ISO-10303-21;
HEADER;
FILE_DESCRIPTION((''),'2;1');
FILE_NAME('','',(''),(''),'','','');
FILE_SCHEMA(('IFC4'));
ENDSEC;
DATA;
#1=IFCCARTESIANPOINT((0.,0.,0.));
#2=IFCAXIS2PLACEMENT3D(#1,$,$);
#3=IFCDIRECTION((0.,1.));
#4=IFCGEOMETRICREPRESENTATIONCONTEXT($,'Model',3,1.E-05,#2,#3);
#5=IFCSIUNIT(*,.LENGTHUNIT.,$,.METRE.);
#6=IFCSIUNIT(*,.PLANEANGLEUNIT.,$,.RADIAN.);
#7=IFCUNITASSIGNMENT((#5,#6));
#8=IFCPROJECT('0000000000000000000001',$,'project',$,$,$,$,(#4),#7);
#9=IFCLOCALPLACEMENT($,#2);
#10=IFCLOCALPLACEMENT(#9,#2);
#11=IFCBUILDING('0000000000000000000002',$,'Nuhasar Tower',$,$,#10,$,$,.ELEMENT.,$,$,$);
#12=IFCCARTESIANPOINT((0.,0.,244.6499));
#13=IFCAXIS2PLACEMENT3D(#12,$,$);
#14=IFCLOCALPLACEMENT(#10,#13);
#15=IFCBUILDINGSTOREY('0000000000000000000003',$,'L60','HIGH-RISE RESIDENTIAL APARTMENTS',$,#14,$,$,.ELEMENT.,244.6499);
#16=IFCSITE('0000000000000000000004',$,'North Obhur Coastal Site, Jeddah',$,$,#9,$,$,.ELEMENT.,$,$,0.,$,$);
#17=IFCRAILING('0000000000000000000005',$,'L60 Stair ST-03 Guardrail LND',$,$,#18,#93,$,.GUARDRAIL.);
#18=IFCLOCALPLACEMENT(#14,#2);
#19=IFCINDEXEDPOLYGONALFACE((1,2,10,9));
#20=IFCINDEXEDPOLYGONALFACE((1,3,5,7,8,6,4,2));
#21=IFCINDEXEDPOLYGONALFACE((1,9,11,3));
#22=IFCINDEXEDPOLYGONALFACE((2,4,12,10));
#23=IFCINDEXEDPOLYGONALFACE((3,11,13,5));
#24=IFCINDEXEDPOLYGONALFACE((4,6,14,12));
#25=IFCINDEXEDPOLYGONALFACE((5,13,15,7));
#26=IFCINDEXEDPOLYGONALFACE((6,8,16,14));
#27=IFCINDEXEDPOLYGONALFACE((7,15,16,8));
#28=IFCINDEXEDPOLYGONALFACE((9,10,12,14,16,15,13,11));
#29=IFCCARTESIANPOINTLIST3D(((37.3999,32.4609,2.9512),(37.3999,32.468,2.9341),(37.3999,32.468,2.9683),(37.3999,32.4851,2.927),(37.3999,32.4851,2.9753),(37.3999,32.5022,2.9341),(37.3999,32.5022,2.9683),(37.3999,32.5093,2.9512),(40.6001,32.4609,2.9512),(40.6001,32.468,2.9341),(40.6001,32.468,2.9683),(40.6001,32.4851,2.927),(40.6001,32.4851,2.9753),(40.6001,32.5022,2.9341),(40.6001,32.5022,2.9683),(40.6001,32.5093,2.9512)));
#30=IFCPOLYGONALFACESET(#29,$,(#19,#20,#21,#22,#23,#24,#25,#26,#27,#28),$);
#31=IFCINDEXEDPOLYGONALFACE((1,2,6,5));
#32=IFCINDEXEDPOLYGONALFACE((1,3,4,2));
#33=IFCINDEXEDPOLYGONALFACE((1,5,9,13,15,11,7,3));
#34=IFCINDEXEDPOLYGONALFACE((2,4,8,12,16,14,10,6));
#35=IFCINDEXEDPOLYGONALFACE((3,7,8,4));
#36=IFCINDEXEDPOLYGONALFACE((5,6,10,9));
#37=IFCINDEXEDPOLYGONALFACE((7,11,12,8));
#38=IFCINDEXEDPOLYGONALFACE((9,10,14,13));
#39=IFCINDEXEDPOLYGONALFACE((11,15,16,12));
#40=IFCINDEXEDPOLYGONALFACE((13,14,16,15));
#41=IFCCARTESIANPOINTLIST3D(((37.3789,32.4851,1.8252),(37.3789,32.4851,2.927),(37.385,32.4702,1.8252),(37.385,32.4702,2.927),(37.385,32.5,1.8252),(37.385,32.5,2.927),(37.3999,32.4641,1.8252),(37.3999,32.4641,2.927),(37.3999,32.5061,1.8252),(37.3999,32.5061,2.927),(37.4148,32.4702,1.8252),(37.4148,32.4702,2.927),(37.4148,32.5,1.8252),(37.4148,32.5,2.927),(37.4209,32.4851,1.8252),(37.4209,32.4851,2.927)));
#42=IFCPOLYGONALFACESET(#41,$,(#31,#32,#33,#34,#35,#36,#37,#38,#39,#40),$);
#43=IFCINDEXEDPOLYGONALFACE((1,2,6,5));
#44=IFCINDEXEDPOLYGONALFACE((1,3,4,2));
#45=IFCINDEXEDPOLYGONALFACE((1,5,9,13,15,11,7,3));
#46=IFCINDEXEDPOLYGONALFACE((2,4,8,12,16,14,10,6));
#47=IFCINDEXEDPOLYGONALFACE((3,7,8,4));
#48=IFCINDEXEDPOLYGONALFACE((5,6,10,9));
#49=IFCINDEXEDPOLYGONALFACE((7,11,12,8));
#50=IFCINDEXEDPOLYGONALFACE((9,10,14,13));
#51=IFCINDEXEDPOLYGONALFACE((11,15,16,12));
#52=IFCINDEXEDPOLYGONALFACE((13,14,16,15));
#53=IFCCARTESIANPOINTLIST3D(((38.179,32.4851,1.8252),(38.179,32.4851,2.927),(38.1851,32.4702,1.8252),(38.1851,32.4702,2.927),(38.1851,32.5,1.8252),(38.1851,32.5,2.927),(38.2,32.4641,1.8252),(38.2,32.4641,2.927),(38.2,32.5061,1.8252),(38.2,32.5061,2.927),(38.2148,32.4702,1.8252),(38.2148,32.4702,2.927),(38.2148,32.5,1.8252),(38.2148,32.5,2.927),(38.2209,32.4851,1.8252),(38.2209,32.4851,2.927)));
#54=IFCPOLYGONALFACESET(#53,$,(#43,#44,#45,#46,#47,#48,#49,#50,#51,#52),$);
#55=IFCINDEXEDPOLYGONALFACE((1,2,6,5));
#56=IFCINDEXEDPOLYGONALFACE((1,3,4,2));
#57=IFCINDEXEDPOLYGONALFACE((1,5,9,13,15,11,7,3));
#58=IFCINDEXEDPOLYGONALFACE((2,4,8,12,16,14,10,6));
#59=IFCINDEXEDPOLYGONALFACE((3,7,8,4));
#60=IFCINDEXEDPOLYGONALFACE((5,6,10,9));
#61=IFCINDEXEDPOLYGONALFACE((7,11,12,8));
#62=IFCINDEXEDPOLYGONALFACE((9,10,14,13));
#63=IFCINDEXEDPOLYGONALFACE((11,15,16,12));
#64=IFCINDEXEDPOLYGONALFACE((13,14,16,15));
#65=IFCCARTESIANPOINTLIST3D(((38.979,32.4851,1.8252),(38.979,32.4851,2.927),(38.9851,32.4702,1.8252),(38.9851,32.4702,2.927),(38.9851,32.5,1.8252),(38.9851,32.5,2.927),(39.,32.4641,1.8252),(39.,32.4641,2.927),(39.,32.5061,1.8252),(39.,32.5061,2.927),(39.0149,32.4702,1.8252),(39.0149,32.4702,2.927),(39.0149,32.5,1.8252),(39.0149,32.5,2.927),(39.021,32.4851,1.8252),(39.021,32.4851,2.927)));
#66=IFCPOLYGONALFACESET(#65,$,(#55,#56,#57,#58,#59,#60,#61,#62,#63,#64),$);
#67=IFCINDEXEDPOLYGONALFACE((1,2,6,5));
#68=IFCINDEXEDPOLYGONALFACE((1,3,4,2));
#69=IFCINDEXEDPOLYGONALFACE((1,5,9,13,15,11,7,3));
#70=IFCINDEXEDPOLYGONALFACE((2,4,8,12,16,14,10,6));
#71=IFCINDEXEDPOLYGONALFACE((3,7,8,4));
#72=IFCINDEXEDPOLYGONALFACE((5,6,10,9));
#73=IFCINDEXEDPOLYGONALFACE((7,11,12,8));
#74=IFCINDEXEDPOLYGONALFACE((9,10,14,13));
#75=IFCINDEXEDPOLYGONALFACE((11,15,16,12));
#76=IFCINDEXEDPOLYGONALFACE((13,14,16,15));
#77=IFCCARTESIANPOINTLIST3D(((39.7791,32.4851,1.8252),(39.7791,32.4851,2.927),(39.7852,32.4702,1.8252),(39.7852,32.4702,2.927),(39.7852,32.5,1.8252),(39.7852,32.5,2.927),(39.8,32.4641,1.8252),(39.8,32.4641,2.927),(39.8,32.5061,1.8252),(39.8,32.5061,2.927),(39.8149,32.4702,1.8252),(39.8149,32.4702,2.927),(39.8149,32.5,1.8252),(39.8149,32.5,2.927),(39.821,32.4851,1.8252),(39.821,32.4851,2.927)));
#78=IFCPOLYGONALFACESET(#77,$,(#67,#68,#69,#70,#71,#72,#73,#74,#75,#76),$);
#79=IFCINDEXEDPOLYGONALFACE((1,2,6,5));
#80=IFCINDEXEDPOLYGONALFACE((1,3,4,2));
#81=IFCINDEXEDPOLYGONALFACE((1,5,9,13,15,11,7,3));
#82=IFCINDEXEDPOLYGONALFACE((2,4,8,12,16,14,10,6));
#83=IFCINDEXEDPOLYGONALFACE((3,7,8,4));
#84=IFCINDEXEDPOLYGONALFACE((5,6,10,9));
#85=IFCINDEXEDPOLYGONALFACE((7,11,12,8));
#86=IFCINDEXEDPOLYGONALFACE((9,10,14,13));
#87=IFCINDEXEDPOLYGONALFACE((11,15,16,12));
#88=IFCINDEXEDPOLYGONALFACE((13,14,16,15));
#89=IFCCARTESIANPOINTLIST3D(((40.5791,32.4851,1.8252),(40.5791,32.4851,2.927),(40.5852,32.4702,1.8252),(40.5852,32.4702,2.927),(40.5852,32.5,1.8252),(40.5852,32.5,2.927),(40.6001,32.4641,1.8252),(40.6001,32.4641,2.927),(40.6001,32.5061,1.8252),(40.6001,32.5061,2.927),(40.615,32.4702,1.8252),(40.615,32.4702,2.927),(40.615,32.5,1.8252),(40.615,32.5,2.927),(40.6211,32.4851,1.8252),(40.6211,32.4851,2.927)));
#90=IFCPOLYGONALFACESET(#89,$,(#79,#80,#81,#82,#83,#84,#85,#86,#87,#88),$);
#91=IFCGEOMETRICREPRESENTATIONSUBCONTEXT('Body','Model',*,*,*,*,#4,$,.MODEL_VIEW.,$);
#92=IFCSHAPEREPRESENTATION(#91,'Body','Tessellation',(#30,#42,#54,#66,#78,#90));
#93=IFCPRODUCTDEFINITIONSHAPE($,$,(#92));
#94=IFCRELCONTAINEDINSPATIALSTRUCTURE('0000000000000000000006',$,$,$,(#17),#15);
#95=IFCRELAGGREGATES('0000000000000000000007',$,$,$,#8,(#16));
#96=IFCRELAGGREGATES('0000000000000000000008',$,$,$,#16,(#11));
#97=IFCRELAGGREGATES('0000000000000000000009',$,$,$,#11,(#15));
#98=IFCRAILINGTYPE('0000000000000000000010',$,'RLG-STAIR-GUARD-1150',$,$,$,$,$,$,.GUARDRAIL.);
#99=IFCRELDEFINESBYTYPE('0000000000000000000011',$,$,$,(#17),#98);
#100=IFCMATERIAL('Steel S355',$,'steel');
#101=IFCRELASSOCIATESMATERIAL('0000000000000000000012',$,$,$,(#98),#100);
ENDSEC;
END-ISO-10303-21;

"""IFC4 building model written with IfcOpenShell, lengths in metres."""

from ifc_helpers import new_model, si_unit, direction, frame, origin, place, context, subcontext, project, spatial, polyline, outline, extrude, material, type_object, element, save


model = new_model("IFC4")

# Units and contexts
model_context = context("Model", 3, precision=1e-05, world=origin(), true_north=direction((0.0, 1.0)))
body_context = subcontext(model_context, "Body", "Model", "MODEL_VIEW")
ifc_project = project(units=[si_unit("LENGTHUNIT", "METRE"), si_unit("PLANEANGLEUNIT", "RADIAN")], contexts=[model_context])

# Site, building, storey
site_placement = place(None, origin())
site = spatial("IfcSite", under=ifc_project, at=site_placement, Name="North Obhur Coastal Site, Jeddah", CompositionType="ELEMENT", RefElevation=0.0)
building_placement = place(site_placement, origin())
building = spatial("IfcBuilding", under=site, at=building_placement, Name="Nuhasar Tower", CompositionType="ELEMENT")
storey_placement = place(building_placement, frame((0.0, 0.0, 244.6499)))
storey = spatial("IfcBuildingStorey", under=building, at=storey_placement, Name="L60", Description="HIGH-RISE RESIDENTIAL APARTMENTS", CompositionType="ELEMENT", Elevation=244.6499)

# Shared definitions
ifc_material_1 = material(Name="Steel S355", Category="steel")

# Railing
railing_type_1 = type_object("IfcRailingType", Name="RLG-STAIR-GUARD-1150", PredefinedType="GUARDRAIL", material=ifc_material_1)
railing_1_placement = place(storey_placement, frame((37.3999, 32.4851, 1.8252)))
element("IfcRailing", 1, at=railing_1_placement, inside=storey, type_object=railing_type_1, Name="L60 Stair ST-03 Guardrail LND", PredefinedType="GUARDRAIL", context=body_context, shape_type="SweptSolid", body=[
    extrude(outline(polyline([(0.0242, 0.0), (0.0171, 0.0171), (0.0, 0.0242), (-0.0171, 0.0171), (-0.0242, 0.0), (-0.0171, -0.0171), (0.0, -0.0242), (0.0171, -0.0171), (0.0242, 0.0)])), frame((0.0, 0.0, 1.126), z_axis=(1.0, 0.0, 0.0), x_axis=(0.0, 1.0, 0.0)), (0.0, 0.0, 1.0), 3.2002),
    extrude(outline(polyline([(0.021, 0.0), (0.0149, 0.0149), (0.0, 0.021), (-0.0149, 0.0149), (-0.021, 0.0), (-0.0149, -0.0149), (0.0, -0.021), (0.0149, -0.0149), (0.021, 0.0)])), origin(), (0.0, 0.0, 1.0), 1.1018),
    extrude(outline(polyline([(0.021, 0.0), (0.0149, 0.0149), (0.0, 0.021), (-0.0149, 0.0149), (-0.021, 0.0), (-0.0149, -0.0149), (0.0, -0.021), (0.0149, -0.0149), (0.021, 0.0)])), frame((0.8, 0.0, 0.0)), (0.0, 0.0, 1.0), 1.1018),
    extrude(outline(polyline([(0.021, 0.0), (0.0149, 0.0149), (0.0, 0.021), (-0.0149, 0.0149), (-0.021, 0.0), (-0.0149, -0.0149), (0.0, -0.021), (0.0149, -0.0149), (0.021, 0.0)])), frame((1.6001, 0.0, 0.0)), (0.0, 0.0, 1.0), 1.1018),
    extrude(outline(polyline([(0.021, 0.0), (0.0149, 0.0149), (0.0, 0.021), (-0.0149, 0.0149), (-0.021, 0.0), (-0.0149, -0.0149), (0.0, -0.021), (0.0149, -0.0149), (0.021, 0.0)])), frame((2.4001, 0.0, 0.0)), (0.0, 0.0, 1.0), 1.1018),
    extrude(outline(polyline([(0.021, 0.0), (0.0149, 0.0149), (0.0, 0.021), (-0.0149, 0.0149), (-0.021, 0.0), (-0.0149, -0.0149), (0.0, -0.021), (0.0149, -0.0149), (0.021, 0.0)])), frame((3.2002, 0.0, 0.0)), (0.0, 0.0, 1.0), 1.1018),
])

save(model, "model.ifc")
